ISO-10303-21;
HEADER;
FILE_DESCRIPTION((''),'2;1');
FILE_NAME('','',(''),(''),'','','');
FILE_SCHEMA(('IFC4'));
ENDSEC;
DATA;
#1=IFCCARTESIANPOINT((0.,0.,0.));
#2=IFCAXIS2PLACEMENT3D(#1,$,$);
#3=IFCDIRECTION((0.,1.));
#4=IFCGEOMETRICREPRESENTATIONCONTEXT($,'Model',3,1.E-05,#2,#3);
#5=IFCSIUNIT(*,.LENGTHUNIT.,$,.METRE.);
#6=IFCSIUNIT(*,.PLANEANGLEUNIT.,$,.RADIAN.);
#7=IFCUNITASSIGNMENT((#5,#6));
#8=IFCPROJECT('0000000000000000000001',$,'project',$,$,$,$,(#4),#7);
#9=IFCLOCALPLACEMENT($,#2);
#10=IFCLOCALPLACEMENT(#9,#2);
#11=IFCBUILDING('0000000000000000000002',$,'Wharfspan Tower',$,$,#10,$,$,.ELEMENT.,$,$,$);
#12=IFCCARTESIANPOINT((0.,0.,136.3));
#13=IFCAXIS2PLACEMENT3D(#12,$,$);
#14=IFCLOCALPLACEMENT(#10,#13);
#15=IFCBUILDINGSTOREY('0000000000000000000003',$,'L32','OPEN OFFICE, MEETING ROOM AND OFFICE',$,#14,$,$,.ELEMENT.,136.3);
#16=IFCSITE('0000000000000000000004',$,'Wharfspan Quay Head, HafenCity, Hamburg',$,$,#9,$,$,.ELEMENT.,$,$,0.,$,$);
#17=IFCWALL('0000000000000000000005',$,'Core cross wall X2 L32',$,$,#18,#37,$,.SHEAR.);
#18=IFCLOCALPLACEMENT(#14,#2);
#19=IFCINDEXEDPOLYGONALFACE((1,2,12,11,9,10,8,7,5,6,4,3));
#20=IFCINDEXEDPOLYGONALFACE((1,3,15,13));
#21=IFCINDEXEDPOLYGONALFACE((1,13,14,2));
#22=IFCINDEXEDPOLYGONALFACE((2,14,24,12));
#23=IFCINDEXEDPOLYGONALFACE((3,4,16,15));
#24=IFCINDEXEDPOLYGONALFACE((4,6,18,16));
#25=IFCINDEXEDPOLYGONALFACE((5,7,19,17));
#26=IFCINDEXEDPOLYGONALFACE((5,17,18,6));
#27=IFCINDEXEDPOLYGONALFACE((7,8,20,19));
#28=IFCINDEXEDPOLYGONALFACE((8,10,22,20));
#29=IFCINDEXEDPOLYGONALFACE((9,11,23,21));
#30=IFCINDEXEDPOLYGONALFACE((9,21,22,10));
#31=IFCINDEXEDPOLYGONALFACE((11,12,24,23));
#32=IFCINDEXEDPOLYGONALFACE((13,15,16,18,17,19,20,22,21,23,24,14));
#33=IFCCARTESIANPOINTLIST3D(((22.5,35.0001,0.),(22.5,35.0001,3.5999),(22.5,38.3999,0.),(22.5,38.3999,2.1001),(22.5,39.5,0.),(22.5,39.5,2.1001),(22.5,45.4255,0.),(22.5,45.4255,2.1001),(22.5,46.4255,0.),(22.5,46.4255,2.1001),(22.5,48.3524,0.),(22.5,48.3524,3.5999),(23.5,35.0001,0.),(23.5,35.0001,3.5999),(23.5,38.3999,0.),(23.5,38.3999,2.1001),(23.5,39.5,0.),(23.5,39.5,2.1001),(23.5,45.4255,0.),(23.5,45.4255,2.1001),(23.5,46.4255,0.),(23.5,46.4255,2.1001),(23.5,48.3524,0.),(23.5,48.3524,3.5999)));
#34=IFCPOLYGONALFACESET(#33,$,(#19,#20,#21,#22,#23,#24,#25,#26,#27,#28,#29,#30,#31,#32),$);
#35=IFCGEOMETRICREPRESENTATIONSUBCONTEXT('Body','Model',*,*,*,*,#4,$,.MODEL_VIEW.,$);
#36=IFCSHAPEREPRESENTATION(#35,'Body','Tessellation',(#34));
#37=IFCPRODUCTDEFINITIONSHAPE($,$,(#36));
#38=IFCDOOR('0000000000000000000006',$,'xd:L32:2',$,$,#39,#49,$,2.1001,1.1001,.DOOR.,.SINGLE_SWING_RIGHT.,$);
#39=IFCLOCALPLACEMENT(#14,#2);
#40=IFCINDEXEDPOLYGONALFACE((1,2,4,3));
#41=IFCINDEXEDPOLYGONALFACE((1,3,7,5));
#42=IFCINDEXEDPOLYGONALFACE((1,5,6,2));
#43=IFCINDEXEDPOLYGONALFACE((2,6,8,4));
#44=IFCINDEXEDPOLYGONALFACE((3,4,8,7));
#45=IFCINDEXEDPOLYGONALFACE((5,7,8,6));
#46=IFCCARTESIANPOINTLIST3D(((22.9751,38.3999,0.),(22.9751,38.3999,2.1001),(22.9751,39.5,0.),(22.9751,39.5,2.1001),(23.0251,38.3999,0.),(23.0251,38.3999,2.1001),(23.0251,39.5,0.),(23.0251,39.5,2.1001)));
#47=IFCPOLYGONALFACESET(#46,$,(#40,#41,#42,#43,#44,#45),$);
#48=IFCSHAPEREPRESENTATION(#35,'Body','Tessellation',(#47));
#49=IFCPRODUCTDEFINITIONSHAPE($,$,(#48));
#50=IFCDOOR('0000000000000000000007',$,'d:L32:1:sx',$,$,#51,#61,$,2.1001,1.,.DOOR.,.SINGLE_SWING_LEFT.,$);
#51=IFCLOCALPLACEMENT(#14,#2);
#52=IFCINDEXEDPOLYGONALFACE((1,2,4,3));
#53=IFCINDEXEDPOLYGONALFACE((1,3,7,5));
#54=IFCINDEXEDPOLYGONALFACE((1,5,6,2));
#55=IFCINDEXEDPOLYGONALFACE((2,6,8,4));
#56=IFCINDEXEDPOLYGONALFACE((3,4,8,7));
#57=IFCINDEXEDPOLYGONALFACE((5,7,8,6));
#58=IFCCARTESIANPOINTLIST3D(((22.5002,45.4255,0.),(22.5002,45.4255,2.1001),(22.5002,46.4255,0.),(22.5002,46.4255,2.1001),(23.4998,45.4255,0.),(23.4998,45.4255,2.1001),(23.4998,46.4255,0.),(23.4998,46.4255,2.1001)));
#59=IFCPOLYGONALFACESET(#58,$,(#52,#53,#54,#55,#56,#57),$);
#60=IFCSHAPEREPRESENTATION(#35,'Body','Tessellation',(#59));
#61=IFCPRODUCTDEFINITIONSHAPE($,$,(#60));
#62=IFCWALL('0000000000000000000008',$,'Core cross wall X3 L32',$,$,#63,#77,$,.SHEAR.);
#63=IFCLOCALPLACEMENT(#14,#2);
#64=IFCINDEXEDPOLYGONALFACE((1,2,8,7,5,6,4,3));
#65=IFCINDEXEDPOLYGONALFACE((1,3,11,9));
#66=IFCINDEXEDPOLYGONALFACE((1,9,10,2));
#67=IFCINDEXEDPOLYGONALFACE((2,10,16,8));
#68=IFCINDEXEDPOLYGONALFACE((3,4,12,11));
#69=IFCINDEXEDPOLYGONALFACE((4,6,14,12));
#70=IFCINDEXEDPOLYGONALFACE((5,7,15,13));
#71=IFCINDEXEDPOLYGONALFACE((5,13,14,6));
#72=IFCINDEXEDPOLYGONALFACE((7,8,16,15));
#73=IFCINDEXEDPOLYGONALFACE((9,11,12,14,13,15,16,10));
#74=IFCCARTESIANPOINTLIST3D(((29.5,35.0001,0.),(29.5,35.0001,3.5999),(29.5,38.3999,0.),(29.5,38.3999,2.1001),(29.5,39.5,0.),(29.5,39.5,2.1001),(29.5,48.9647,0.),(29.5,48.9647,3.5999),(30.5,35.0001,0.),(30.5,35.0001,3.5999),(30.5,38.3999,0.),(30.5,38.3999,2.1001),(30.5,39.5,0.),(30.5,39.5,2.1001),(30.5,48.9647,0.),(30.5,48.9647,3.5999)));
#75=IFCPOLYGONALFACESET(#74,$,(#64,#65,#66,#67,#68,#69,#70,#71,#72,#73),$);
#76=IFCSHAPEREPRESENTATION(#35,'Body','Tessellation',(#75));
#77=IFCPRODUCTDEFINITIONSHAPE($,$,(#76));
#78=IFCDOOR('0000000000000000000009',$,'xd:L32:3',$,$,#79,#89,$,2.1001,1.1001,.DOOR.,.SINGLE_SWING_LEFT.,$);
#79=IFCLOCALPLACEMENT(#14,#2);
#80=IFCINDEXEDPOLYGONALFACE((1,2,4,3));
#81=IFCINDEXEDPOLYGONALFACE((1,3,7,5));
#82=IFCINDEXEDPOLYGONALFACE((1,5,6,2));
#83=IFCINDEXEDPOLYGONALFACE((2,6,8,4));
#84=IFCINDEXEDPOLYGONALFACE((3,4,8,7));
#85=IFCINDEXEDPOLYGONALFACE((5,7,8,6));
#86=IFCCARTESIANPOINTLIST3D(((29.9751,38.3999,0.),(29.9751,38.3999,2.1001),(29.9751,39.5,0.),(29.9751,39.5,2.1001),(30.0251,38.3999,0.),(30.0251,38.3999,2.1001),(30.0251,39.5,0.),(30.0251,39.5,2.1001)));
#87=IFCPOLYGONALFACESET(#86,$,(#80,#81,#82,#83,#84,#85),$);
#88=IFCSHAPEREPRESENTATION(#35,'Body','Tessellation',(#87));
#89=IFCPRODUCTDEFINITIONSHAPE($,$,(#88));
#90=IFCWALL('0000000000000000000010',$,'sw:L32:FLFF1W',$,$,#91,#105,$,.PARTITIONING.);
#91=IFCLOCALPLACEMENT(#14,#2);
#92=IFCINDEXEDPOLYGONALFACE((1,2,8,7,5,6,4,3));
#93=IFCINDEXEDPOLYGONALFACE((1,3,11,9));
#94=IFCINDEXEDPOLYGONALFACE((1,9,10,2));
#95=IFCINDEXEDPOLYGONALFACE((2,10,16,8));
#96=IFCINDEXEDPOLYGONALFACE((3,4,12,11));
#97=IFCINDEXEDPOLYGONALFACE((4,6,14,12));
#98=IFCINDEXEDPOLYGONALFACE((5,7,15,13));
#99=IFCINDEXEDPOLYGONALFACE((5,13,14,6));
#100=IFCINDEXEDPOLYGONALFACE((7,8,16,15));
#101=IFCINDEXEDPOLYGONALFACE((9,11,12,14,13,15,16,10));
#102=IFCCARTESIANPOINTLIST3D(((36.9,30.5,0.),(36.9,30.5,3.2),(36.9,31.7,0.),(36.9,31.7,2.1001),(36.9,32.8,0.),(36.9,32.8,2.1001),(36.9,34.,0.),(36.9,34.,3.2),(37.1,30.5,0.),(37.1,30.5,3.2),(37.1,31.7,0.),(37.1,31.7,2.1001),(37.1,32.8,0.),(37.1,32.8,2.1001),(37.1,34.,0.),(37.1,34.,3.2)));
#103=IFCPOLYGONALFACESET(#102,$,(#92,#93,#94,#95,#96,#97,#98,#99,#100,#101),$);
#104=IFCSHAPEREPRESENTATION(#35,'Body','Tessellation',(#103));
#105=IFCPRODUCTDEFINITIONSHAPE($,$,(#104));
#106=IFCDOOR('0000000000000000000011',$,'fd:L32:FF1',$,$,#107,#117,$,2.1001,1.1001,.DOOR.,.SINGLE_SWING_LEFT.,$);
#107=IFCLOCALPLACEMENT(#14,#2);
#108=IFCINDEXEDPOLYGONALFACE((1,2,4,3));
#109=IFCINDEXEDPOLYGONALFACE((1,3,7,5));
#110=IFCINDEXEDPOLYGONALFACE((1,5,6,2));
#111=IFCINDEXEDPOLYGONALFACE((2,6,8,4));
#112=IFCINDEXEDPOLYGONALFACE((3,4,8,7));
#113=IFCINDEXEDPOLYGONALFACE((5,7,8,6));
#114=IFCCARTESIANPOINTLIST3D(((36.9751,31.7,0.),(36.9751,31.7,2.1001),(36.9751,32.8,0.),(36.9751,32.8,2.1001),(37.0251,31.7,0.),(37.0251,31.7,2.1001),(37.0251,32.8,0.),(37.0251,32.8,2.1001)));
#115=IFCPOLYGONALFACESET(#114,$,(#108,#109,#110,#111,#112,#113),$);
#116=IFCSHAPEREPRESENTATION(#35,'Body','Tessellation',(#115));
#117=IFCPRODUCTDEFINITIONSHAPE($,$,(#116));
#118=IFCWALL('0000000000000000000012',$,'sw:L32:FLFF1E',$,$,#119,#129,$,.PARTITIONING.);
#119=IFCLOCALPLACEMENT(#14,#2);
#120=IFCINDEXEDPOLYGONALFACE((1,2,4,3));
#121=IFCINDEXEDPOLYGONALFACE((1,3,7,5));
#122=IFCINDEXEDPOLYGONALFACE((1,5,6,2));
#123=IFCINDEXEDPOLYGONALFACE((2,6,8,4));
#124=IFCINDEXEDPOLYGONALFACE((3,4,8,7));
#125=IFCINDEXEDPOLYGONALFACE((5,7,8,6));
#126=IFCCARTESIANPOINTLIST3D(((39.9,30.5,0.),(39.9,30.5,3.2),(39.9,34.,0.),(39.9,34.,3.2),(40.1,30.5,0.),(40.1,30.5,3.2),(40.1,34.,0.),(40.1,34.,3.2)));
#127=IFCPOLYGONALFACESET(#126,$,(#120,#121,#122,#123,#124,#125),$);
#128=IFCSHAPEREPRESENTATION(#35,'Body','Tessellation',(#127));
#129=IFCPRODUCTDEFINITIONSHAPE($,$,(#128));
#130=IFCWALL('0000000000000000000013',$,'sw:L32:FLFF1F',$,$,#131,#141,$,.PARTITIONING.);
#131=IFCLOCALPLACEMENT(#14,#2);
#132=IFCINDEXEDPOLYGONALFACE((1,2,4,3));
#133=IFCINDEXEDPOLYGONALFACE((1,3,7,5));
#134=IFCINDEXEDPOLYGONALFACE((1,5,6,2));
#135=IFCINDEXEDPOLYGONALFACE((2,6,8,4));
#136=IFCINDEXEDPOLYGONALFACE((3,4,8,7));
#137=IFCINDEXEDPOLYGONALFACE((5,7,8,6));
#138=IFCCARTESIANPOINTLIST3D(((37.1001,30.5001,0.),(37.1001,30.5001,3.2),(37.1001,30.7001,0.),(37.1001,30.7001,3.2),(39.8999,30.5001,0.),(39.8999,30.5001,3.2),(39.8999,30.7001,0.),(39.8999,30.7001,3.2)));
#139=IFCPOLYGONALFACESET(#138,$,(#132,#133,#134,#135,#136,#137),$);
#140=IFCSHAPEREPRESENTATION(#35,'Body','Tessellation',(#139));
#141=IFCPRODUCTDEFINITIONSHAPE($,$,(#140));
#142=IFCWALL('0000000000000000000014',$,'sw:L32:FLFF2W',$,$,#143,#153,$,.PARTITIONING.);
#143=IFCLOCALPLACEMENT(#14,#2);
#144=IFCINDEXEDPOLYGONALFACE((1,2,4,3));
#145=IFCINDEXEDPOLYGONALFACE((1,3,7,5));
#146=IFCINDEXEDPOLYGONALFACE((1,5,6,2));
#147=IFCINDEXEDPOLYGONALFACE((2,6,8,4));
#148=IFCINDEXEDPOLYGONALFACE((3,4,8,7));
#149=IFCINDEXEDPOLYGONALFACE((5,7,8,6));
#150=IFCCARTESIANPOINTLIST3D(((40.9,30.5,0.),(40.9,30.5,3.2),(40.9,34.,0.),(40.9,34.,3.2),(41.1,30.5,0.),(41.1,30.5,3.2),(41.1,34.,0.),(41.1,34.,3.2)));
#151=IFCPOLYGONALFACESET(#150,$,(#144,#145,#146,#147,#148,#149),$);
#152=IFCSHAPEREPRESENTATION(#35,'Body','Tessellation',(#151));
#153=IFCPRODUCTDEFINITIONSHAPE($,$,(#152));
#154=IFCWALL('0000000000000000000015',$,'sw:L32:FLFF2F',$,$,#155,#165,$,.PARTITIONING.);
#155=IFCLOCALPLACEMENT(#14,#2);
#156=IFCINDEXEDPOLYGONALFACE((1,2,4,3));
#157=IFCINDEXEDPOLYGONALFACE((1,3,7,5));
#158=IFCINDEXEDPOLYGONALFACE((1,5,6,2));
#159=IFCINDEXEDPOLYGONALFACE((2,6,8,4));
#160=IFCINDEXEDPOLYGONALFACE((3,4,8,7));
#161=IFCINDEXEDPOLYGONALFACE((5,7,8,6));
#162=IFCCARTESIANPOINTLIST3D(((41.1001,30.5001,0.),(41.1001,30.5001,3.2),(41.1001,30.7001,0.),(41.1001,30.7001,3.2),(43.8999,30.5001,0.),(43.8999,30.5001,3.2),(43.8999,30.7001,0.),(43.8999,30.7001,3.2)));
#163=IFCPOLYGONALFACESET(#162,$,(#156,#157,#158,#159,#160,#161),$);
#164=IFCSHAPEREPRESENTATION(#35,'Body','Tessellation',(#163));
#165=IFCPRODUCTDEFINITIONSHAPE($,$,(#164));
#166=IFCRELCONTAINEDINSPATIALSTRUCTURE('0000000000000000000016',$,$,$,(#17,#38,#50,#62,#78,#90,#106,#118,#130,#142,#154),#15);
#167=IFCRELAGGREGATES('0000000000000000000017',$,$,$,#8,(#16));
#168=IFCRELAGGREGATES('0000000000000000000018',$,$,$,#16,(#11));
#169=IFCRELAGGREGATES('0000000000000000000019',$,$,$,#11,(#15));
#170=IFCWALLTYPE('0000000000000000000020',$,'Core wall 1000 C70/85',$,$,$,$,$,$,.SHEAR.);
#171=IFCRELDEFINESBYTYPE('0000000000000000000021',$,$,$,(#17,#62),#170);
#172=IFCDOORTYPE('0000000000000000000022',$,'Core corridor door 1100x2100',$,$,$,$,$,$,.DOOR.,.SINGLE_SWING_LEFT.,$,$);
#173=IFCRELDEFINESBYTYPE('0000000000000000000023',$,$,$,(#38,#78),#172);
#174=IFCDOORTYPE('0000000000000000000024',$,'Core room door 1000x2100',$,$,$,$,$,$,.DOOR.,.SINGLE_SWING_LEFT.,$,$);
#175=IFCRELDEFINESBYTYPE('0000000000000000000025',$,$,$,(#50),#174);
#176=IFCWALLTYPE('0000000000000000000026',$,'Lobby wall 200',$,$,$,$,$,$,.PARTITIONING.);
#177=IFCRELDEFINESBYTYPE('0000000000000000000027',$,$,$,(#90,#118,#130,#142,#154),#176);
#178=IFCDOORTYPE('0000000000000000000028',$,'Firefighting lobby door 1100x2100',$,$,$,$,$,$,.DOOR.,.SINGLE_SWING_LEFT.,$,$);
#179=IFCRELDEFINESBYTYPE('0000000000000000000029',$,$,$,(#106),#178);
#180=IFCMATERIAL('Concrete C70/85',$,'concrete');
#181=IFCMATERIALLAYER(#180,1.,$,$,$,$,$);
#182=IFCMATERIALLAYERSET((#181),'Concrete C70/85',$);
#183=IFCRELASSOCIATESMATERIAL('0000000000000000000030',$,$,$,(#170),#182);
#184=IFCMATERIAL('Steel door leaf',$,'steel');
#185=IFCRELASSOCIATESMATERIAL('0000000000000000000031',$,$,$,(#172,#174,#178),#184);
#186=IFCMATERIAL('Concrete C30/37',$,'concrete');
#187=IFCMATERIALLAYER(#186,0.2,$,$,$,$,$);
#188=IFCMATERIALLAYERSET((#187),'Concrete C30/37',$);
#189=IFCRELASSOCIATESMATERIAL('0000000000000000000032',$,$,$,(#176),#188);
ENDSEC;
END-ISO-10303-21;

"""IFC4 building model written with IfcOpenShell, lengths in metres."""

from ifc_helpers import new_model, si_unit, direction, frame, frame_2d, origin, place, context, subcontext, project, spatial, rectangle, extrude, material, layer, layer_set, type_object, element, fill, save


model = new_model("IFC4")

# Units and contexts
model_context = context("Model", 3, precision=1e-05, world=origin(), true_north=direction((0.0, 1.0)))
body_context = subcontext(model_context, "Body", "Model", "MODEL_VIEW")
ifc_project = project(units=[si_unit("LENGTHUNIT", "METRE"), si_unit("PLANEANGLEUNIT", "RADIAN")], contexts=[model_context])

# Site, building, storey
site_placement = place(None, origin())
site = spatial("IfcSite", under=ifc_project, at=site_placement, Name="Wharfspan Quay Head, HafenCity, Hamburg", CompositionType="ELEMENT", RefElevation=0.0)
building_placement = place(site_placement, origin())
building = spatial("IfcBuilding", under=site, at=building_placement, Name="Wharfspan Tower", CompositionType="ELEMENT")
storey_placement = place(building_placement, frame((0.0, 0.0, 136.3)))
storey = spatial("IfcBuildingStorey", under=building, at=storey_placement, Name="L32", Description="OPEN OFFICE, MEETING ROOM AND OFFICE", CompositionType="ELEMENT", Elevation=136.3)

# Wall, openings, doors
ifc_material_1 = material(Name="Concrete C70/85", Category="concrete")
ifc_layer_1 = layer(ifc_material_1, 1.0)
ifc_layer_set_1 = layer_set([ifc_layer_1], Name="Concrete C70/85")
wall_type_1 = type_object("IfcWallType", Name="Core wall 1000 C70/85", PredefinedType="SHEAR", material=ifc_layer_set_1)
wall_1_placement = place(storey_placement, frame((23.0, 35.0, 0.0), z_axis=(0.0, 0.0, 1.0), x_axis=(0.0, 1.0, 0.0)))
wall_1 = element("IfcWall", 1, at=wall_1_placement, inside=storey, type_object=wall_type_1, Name="Core cross wall X2 L32", PredefinedType="SHEAR", context=body_context, shape_type="SweptSolid", body=[
    extrude(rectangle(XDim=13.3523, YDim=1.0, at=frame_2d((6.6763, 0.0))), origin(), (0.0, 0.0, 1.0), 3.5999),
])
opening_1_placement = place(wall_1_placement, frame((10.4255, 0.0, 0.0)))
opening_1 = element("IfcOpeningElement", 2, at=opening_1_placement, cuts=wall_1, PredefinedType="OPENING", context=body_context, shape_type="SweptSolid", body=[
    extrude(rectangle(XDim=1.0, YDim=2.1001, at=frame_2d((0.5, 1.05))), frame((0.0, 0.51, 0.0), z_axis=(0.0, -1.0, 0.0), x_axis=(1.0, 0.0, 0.0)), (0.0, 0.0, 1.0), 1.02),
])
opening_2_placement = place(wall_1_placement, frame((3.3999, 0.0, 0.0)))
opening_2 = element("IfcOpeningElement", 3, at=opening_2_placement, cuts=wall_1, PredefinedType="OPENING", context=body_context, shape_type="SweptSolid", body=[
    extrude(rectangle(XDim=1.1001, YDim=2.1001, at=frame_2d((0.55, 1.05))), frame((0.0, 0.51, 0.0), z_axis=(0.0, -1.0, 0.0), x_axis=(1.0, 0.0, 0.0)), (0.0, 0.0, 1.0), 1.02),
])
ifc_material_2 = material(Name="Steel door leaf", Category="steel")
door_type_1 = type_object("IfcDoorType", Name="Core corridor door 1100x2100", OperationType="SINGLE_SWING_LEFT", PredefinedType="DOOR", material=ifc_material_2)
door_1_placement = place(opening_2_placement, origin())
door_1 = element("IfcDoor", 4, at=door_1_placement, inside=storey, type_object=door_type_1, Name="xd:L32:2", OperationType="SINGLE_SWING_RIGHT", OverallHeight=2.1001, OverallWidth=1.1001, PredefinedType="DOOR", context=body_context, shape_type="SweptSolid", body=[
    extrude(rectangle(XDim=1.1001, YDim=2.1001, at=frame_2d((0.55, 1.05))), frame((0.0, 0.0249, 0.0), z_axis=(0.0, -1.0, 0.0), x_axis=(1.0, 0.0, 0.0)), (0.0, 0.0, 1.0), 0.05),
])
fill(opening_2, door_1)
door_type_2 = type_object("IfcDoorType", Name="Core room door 1000x2100", OperationType="SINGLE_SWING_LEFT", PredefinedType="DOOR", material=ifc_material_2)
door_2_placement = place(opening_1_placement, origin())
door_2 = element("IfcDoor", 5, at=door_2_placement, inside=storey, type_object=door_type_2, Name="d:L32:1:sx", OperationType="SINGLE_SWING_LEFT", OverallHeight=2.1001, OverallWidth=1.0, PredefinedType="DOOR", context=body_context, shape_type="SweptSolid", body=[
    extrude(rectangle(XDim=1.0, YDim=2.1001, at=frame_2d((0.5, 1.05))), frame((0.0, 0.4998, 0.0), z_axis=(0.0, -1.0, 0.0), x_axis=(1.0, 0.0, 0.0)), (0.0, 0.0, 1.0), 0.9995),
])
fill(opening_1, door_2)

# Walls, openings, doors
wall_2_placement = place(storey_placement, frame((30.0, 35.0, 0.0), z_axis=(0.0, 0.0, 1.0), x_axis=(0.0, 1.0, 0.0)))
wall_2 = element("IfcWall", 6, at=wall_2_placement, inside=storey, type_object=wall_type_1, Name="Core cross wall X3 L32", PredefinedType="SHEAR", context=body_context, shape_type="SweptSolid", body=[
    extrude(rectangle(XDim=13.9646, YDim=1.0, at=frame_2d((6.9824, 0.0))), origin(), (0.0, 0.0, 1.0), 3.5999),
])
opening_3_placement = place(wall_2_placement, frame((3.3999, 0.0, 0.0)))
opening_3 = element("IfcOpeningElement", 7, at=opening_3_placement, cuts=wall_2, PredefinedType="OPENING", context=body_context, shape_type="SweptSolid", body=[
    extrude(rectangle(XDim=1.1001, YDim=2.1001, at=frame_2d((0.55, 1.05))), frame((0.0, 0.51, 0.0), z_axis=(0.0, -1.0, 0.0), x_axis=(1.0, 0.0, 0.0)), (0.0, 0.0, 1.0), 1.02),
])
door_3_placement = place(opening_3_placement, origin())
door_3 = element("IfcDoor", 8, at=door_3_placement, inside=storey, type_object=door_type_1, Name="xd:L32:3", OperationType="SINGLE_SWING_LEFT", OverallHeight=2.1001, OverallWidth=1.1001, PredefinedType="DOOR", context=body_context, shape_type="SweptSolid", body=[
    extrude(rectangle(XDim=1.1001, YDim=2.1001, at=frame_2d((0.55, 1.05))), frame((0.0, 0.0249, 0.0), z_axis=(0.0, -1.0, 0.0), x_axis=(1.0, 0.0, 0.0)), (0.0, 0.0, 1.0), 0.05),
])
fill(opening_3, door_3)
ifc_material_3 = material(Name="Concrete C30/37", Category="concrete")
ifc_layer_2 = layer(ifc_material_3, 0.2)
ifc_layer_set_2 = layer_set([ifc_layer_2], Name="Concrete C30/37")
wall_type_2 = type_object("IfcWallType", Name="Lobby wall 200", PredefinedType="PARTITIONING", material=ifc_layer_set_2)
wall_3_placement = place(storey_placement, frame((37.0, 30.5, 0.0), z_axis=(0.0, 0.0, 1.0), x_axis=(0.0, 1.0, 0.0)))
wall_3 = element("IfcWall", 9, at=wall_3_placement, inside=storey, type_object=wall_type_2, Name="sw:L32:FLFF1W", PredefinedType="PARTITIONING", context=body_context, shape_type="SweptSolid", body=[
    extrude(rectangle(XDim=3.5, YDim=0.2, at=frame_2d((1.75, 0.0))), origin(), (0.0, 0.0, 1.0), 3.2),
])
opening_4_placement = place(wall_3_placement, frame((1.2, 0.0, 0.0)))
opening_4 = element("IfcOpeningElement", 10, at=opening_4_placement, cuts=wall_3, PredefinedType="OPENING", context=body_context, shape_type="SweptSolid", body=[
    extrude(rectangle(XDim=1.1001, YDim=2.1001, at=frame_2d((0.55, 1.05))), frame((0.0, 0.1099, 0.0), z_axis=(0.0, -1.0, 0.0), x_axis=(1.0, 0.0, 0.0)), (0.0, 0.0, 1.0), 0.22),
])
door_type_3 = type_object("IfcDoorType", Name="Firefighting lobby door 1100x2100", OperationType="SINGLE_SWING_LEFT", PredefinedType="DOOR", material=ifc_material_2)
door_4_placement = place(opening_4_placement, origin())
door_4 = element("IfcDoor", 11, at=door_4_placement, inside=storey, type_object=door_type_3, Name="fd:L32:FF1", OperationType="SINGLE_SWING_LEFT", OverallHeight=2.1001, OverallWidth=1.1001, PredefinedType="DOOR", context=body_context, shape_type="SweptSolid", body=[
    extrude(rectangle(XDim=1.1001, YDim=2.1001, at=frame_2d((0.55, 1.05))), frame((0.0, 0.0249, 0.0), z_axis=(0.0, -1.0, 0.0), x_axis=(1.0, 0.0, 0.0)), (0.0, 0.0, 1.0), 0.05),
])
fill(opening_4, door_4)

# Walls
wall_4_placement = place(storey_placement, frame((40.0, 30.5, 0.0), z_axis=(0.0, 0.0, 1.0), x_axis=(0.0, 1.0, 0.0)))
element("IfcWall", 12, at=wall_4_placement, inside=storey, type_object=wall_type_2, Name="sw:L32:FLFF1E", PredefinedType="PARTITIONING", context=body_context, shape_type="SweptSolid", body=[
    extrude(rectangle(XDim=3.5, YDim=0.2, at=frame_2d((1.75, 0.0))), origin(), (0.0, 0.0, 1.0), 3.2),
])
wall_5_placement = place(storey_placement, frame((37.1001, 30.6001, 0.0), z_axis=(0.0, 0.0, 1.0), x_axis=(1.0, 0.0, 0.0)))
element("IfcWall", 13, at=wall_5_placement, inside=storey, type_object=wall_type_2, Name="sw:L32:FLFF1F", PredefinedType="PARTITIONING", context=body_context, shape_type="SweptSolid", body=[
    extrude(rectangle(XDim=2.7998, YDim=0.2, at=frame_2d((1.3999, 0.0))), origin(), (0.0, 0.0, 1.0), 3.2),
])
wall_6_placement = place(storey_placement, frame((41.0, 30.5, 0.0), z_axis=(0.0, 0.0, 1.0), x_axis=(0.0, 1.0, 0.0)))
element("IfcWall", 14, at=wall_6_placement, inside=storey, type_object=wall_type_2, Name="sw:L32:FLFF2W", PredefinedType="PARTITIONING", context=body_context, shape_type="SweptSolid", body=[
    extrude(rectangle(XDim=3.5, YDim=0.2, at=frame_2d((1.75, 0.0))), origin(), (0.0, 0.0, 1.0), 3.2),
])
wall_7_placement = place(storey_placement, frame((41.1001, 30.6001, 0.0), z_axis=(0.0, 0.0, 1.0), x_axis=(1.0, 0.0, 0.0)))
element("IfcWall", 15, at=wall_7_placement, inside=storey, type_object=wall_type_2, Name="sw:L32:FLFF2F", PredefinedType="PARTITIONING", context=body_context, shape_type="SweptSolid", body=[
    extrude(rectangle(XDim=2.7998, YDim=0.2, at=frame_2d((1.3999, 0.0))), origin(), (0.0, 0.0, 1.0), 3.2),
])

save(model, "model.ifc")
